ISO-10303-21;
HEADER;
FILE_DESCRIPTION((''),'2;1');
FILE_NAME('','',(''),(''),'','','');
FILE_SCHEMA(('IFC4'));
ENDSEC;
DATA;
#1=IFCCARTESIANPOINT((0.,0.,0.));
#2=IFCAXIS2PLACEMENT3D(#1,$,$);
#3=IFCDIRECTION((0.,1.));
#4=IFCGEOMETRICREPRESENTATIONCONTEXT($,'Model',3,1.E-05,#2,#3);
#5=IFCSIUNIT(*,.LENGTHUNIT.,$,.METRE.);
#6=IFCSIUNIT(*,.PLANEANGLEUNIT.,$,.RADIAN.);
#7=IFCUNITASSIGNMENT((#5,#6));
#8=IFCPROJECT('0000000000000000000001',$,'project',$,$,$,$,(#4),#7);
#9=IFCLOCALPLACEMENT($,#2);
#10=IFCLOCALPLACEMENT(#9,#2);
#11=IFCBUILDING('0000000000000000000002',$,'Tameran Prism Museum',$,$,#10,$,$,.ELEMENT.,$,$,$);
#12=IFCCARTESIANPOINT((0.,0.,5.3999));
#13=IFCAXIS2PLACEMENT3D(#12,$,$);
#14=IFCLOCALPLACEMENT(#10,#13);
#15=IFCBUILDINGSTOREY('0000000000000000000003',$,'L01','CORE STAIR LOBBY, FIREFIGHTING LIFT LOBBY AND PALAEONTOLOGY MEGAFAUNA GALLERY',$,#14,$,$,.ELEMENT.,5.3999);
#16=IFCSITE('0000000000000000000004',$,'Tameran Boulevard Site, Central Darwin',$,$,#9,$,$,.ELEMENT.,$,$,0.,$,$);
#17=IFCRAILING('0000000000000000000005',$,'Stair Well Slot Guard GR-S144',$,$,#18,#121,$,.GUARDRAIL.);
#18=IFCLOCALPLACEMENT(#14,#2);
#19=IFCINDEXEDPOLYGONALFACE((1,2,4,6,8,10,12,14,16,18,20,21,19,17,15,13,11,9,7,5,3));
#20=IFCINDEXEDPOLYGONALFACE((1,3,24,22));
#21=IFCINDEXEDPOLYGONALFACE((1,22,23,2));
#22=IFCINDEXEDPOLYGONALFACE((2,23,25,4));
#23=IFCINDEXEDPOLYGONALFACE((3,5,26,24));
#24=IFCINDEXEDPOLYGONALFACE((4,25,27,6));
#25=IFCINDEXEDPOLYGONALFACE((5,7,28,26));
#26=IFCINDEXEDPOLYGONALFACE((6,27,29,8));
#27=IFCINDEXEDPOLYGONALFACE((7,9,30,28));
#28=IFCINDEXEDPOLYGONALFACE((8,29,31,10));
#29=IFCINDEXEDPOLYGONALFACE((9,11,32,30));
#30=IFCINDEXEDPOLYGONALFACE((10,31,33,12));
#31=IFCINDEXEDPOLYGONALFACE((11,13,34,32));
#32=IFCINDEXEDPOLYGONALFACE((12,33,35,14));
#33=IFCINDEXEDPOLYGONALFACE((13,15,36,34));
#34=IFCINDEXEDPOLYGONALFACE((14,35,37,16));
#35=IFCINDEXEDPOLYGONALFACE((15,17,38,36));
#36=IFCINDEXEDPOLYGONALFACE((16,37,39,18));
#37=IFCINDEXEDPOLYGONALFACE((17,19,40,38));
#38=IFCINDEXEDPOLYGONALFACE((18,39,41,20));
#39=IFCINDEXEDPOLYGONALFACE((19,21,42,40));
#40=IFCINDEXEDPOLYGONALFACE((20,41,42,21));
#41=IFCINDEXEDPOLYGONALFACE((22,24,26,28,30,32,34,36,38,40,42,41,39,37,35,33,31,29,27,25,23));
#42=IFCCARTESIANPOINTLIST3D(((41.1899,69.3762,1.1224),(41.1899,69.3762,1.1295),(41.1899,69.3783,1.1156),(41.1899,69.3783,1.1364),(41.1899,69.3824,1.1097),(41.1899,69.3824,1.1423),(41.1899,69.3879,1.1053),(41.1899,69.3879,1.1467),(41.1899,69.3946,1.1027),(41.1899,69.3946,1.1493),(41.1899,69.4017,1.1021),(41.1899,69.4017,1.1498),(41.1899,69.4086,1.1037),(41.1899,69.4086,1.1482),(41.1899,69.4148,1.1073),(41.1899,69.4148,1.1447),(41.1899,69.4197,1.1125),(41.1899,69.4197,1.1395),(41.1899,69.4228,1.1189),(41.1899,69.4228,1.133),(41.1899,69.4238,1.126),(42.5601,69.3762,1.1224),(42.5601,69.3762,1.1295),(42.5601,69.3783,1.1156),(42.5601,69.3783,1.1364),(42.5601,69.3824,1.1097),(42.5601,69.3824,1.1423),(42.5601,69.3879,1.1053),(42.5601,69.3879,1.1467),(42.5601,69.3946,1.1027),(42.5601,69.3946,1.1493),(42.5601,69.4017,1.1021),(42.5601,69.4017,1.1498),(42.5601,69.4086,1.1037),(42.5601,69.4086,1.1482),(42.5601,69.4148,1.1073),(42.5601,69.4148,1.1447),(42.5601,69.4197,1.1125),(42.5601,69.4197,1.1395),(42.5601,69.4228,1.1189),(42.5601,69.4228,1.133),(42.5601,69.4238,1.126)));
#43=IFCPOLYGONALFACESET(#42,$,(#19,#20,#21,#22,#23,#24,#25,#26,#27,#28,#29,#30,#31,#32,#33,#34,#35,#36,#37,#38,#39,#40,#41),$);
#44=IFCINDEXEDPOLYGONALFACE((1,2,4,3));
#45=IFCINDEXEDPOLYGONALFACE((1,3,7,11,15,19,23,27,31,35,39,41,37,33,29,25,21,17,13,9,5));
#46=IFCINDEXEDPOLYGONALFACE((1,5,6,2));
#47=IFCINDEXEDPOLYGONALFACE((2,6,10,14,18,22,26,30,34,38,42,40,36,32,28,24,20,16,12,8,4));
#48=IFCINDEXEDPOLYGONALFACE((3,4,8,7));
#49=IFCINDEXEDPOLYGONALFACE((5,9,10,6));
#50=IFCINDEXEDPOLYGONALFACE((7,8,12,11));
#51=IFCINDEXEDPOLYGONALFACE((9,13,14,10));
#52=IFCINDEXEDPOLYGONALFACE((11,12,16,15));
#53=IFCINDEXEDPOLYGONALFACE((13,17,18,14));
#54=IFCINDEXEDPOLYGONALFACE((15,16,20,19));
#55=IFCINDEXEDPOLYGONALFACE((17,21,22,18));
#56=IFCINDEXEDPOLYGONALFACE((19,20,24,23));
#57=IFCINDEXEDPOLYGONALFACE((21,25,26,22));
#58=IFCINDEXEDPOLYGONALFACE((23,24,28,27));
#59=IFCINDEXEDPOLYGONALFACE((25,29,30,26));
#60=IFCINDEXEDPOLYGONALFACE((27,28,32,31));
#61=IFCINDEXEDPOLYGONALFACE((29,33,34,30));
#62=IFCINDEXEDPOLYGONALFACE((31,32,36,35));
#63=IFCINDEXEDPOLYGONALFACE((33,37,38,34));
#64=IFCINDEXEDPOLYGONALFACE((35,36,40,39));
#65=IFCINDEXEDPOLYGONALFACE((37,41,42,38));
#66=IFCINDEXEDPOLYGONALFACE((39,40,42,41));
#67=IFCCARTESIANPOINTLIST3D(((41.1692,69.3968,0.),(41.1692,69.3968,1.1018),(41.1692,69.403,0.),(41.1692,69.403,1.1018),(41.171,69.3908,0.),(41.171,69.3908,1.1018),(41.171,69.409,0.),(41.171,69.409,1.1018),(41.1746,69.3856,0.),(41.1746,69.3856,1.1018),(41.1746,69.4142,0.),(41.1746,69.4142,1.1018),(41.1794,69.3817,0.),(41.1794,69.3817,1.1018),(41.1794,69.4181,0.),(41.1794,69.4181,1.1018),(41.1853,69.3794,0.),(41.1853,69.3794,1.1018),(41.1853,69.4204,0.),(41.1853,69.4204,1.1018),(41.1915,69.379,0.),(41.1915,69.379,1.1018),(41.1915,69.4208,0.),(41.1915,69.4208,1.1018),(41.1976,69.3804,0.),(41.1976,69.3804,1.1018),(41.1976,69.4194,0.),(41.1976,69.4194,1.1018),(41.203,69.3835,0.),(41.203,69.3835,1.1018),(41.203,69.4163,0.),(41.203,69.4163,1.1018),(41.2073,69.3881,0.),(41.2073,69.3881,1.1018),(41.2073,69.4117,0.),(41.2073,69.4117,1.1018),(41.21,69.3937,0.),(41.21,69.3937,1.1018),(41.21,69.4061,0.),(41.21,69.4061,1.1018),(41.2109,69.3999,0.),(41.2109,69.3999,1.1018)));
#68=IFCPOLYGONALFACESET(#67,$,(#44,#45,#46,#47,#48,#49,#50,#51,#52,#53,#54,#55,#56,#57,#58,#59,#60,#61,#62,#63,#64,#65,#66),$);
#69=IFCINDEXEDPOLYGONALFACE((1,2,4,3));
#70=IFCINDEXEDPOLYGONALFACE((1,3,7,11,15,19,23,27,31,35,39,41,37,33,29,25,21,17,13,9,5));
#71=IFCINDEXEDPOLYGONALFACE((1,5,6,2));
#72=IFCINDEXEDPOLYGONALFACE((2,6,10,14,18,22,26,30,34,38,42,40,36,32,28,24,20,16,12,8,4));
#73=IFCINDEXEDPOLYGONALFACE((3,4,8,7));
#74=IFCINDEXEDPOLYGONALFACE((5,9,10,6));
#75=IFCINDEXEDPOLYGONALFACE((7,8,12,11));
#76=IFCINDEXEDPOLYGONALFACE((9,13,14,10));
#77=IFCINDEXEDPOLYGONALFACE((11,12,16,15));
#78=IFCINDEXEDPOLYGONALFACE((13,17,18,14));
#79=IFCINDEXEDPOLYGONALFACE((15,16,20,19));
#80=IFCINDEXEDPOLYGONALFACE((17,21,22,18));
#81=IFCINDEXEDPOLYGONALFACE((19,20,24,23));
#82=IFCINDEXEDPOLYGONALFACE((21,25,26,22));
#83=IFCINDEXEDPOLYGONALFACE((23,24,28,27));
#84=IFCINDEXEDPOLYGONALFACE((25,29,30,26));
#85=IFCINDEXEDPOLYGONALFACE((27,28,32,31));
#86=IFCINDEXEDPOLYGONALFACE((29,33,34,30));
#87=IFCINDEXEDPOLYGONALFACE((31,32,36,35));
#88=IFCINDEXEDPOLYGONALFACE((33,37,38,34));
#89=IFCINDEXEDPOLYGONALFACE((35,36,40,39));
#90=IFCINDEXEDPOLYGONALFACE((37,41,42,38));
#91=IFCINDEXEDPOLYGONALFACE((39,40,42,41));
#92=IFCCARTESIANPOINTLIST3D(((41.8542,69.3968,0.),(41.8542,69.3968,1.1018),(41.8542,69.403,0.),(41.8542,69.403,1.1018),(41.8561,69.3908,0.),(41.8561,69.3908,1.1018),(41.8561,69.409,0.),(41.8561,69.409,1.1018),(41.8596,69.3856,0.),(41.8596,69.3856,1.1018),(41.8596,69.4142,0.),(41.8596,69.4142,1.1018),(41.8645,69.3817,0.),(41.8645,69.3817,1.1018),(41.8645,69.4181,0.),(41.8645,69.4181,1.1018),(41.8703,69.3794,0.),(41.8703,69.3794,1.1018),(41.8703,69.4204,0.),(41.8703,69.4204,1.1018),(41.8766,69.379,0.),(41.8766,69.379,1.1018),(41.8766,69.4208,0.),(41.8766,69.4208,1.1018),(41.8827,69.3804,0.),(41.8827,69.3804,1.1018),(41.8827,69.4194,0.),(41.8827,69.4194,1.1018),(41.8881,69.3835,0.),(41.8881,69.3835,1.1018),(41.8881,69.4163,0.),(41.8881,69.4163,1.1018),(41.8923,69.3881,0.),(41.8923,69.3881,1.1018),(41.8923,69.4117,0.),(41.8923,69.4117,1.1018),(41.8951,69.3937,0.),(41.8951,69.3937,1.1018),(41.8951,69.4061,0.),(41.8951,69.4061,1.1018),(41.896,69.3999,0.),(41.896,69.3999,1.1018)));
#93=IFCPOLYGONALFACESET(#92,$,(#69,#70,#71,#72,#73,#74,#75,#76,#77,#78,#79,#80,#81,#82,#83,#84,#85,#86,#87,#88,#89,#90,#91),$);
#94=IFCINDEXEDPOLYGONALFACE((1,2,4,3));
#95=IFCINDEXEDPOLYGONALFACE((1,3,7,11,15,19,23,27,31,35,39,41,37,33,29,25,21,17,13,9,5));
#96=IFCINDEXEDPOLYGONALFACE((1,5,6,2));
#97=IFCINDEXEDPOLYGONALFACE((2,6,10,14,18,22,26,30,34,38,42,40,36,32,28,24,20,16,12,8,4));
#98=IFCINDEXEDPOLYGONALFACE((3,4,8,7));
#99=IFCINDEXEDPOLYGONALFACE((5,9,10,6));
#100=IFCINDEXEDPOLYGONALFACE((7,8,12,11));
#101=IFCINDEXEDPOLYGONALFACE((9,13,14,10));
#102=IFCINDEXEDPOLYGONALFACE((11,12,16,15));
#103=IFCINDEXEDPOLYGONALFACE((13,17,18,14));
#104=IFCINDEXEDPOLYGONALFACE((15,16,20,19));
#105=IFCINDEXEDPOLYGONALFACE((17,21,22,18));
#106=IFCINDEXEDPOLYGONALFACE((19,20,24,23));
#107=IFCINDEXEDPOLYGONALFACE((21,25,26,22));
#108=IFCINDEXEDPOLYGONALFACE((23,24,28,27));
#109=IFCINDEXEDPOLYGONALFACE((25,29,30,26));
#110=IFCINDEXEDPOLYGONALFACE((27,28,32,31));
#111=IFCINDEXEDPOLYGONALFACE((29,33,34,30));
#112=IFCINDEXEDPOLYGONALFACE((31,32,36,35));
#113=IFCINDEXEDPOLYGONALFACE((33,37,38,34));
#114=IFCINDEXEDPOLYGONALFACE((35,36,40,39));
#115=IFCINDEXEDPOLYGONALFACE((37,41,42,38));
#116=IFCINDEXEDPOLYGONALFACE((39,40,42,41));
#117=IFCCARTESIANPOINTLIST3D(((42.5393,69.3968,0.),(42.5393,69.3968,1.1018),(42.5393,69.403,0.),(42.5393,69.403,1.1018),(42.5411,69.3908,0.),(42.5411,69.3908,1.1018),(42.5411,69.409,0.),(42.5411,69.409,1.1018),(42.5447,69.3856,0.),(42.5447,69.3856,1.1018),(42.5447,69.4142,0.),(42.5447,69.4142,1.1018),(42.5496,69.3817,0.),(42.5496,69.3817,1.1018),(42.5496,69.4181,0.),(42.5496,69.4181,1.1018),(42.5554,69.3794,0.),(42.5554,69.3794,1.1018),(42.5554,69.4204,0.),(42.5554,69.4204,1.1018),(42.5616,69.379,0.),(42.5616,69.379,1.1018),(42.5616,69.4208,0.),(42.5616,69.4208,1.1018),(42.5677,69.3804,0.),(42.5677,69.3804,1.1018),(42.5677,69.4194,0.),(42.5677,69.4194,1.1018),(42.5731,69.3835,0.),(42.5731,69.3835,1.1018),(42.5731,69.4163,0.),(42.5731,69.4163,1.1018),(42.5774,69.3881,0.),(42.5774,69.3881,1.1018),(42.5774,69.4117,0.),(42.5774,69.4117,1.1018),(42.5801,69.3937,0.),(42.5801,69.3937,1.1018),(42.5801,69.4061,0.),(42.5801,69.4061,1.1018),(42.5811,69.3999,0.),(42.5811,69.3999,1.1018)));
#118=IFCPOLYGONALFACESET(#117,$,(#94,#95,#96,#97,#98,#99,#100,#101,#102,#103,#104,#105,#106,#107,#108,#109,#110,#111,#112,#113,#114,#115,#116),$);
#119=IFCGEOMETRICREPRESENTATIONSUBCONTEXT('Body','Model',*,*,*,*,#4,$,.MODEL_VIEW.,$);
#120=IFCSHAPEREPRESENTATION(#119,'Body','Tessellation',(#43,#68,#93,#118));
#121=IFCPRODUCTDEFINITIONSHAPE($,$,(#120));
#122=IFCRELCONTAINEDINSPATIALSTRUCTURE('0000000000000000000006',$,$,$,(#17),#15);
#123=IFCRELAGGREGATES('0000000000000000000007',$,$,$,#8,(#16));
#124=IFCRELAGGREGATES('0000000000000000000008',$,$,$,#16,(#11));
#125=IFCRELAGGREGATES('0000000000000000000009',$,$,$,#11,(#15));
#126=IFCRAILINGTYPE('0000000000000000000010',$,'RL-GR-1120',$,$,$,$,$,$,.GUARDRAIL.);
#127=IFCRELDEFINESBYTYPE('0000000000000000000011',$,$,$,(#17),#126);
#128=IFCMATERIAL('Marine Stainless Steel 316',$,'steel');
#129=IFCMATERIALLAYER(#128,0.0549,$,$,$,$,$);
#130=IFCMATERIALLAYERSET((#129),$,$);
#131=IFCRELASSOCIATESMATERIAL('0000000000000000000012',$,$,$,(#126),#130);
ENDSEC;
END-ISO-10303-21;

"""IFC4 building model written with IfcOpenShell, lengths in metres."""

from ifc_helpers import new_model, si_unit, direction, frame, origin, origin_2d, place, context, subcontext, project, spatial, circle, extrude, material, layer, layer_set, type_object, element, save


model = new_model("IFC4")

# Units and contexts
model_context = context("Model", 3, precision=1e-05, world=origin(), true_north=direction((0.0, 1.0)))
body_context = subcontext(model_context, "Body", "Model", "MODEL_VIEW")
ifc_project = project(units=[si_unit("LENGTHUNIT", "METRE"), si_unit("PLANEANGLEUNIT", "RADIAN")], contexts=[model_context])

# Site, building, storey
site_placement = place(None, origin())
site = spatial("IfcSite", under=ifc_project, at=site_placement, Name="Tameran Boulevard Site, Central Darwin", CompositionType="ELEMENT", RefElevation=0.0)
building_placement = place(site_placement, origin())
building = spatial("IfcBuilding", under=site, at=building_placement, Name="Tameran Prism Museum", CompositionType="ELEMENT")
storey_placement = place(building_placement, frame((0.0, 0.0, 5.3999)))
storey = spatial("IfcBuildingStorey", under=building, at=storey_placement, Name="L01", Description="CORE STAIR LOBBY, FIREFIGHTING LIFT LOBBY AND PALAEONTOLOGY MEGAFAUNA GALLERY", CompositionType="ELEMENT", Elevation=5.3999)

# Railing
ifc_material_1 = material(Name="Marine Stainless Steel 316", Category="steel")
ifc_layer_1 = layer(ifc_material_1, 0.0549)
ifc_layer_set_1 = layer_set([ifc_layer_1])
railing_type_1 = type_object("IfcRailingType", Name="RL-GR-1120", PredefinedType="GUARDRAIL", material=ifc_layer_set_1)
railing_1_placement = place(storey_placement, frame((41.1899, 69.3999, 0.0)))
element("IfcRailing", 1, at=railing_1_placement, inside=storey, type_object=railing_type_1, Name="Stair Well Slot Guard GR-S144", PredefinedType="GUARDRAIL", context=body_context, shape_type="SweptSolid", body=[
    extrude(circle(Radius=0.0239, at=origin_2d()), frame((0.0, 0.0, 1.126), z_axis=(1.0, 0.0, 0.0), x_axis=(0.0, 1.0, 0.0)), (0.0, 0.0, 1.0), 1.3701),
    extrude(circle(Radius=0.021, at=origin_2d()), origin(), (0.0, 0.0, 1.0), 1.1018),
    extrude(circle(Radius=0.021, at=origin_2d()), frame((0.6851, 0.0, 0.0)), (0.0, 0.0, 1.0), 1.1018),
    extrude(circle(Radius=0.021, at=origin_2d()), frame((1.3701, 0.0, 0.0)), (0.0, 0.0, 1.0), 1.1018),
])

save(model, "model.ifc")
